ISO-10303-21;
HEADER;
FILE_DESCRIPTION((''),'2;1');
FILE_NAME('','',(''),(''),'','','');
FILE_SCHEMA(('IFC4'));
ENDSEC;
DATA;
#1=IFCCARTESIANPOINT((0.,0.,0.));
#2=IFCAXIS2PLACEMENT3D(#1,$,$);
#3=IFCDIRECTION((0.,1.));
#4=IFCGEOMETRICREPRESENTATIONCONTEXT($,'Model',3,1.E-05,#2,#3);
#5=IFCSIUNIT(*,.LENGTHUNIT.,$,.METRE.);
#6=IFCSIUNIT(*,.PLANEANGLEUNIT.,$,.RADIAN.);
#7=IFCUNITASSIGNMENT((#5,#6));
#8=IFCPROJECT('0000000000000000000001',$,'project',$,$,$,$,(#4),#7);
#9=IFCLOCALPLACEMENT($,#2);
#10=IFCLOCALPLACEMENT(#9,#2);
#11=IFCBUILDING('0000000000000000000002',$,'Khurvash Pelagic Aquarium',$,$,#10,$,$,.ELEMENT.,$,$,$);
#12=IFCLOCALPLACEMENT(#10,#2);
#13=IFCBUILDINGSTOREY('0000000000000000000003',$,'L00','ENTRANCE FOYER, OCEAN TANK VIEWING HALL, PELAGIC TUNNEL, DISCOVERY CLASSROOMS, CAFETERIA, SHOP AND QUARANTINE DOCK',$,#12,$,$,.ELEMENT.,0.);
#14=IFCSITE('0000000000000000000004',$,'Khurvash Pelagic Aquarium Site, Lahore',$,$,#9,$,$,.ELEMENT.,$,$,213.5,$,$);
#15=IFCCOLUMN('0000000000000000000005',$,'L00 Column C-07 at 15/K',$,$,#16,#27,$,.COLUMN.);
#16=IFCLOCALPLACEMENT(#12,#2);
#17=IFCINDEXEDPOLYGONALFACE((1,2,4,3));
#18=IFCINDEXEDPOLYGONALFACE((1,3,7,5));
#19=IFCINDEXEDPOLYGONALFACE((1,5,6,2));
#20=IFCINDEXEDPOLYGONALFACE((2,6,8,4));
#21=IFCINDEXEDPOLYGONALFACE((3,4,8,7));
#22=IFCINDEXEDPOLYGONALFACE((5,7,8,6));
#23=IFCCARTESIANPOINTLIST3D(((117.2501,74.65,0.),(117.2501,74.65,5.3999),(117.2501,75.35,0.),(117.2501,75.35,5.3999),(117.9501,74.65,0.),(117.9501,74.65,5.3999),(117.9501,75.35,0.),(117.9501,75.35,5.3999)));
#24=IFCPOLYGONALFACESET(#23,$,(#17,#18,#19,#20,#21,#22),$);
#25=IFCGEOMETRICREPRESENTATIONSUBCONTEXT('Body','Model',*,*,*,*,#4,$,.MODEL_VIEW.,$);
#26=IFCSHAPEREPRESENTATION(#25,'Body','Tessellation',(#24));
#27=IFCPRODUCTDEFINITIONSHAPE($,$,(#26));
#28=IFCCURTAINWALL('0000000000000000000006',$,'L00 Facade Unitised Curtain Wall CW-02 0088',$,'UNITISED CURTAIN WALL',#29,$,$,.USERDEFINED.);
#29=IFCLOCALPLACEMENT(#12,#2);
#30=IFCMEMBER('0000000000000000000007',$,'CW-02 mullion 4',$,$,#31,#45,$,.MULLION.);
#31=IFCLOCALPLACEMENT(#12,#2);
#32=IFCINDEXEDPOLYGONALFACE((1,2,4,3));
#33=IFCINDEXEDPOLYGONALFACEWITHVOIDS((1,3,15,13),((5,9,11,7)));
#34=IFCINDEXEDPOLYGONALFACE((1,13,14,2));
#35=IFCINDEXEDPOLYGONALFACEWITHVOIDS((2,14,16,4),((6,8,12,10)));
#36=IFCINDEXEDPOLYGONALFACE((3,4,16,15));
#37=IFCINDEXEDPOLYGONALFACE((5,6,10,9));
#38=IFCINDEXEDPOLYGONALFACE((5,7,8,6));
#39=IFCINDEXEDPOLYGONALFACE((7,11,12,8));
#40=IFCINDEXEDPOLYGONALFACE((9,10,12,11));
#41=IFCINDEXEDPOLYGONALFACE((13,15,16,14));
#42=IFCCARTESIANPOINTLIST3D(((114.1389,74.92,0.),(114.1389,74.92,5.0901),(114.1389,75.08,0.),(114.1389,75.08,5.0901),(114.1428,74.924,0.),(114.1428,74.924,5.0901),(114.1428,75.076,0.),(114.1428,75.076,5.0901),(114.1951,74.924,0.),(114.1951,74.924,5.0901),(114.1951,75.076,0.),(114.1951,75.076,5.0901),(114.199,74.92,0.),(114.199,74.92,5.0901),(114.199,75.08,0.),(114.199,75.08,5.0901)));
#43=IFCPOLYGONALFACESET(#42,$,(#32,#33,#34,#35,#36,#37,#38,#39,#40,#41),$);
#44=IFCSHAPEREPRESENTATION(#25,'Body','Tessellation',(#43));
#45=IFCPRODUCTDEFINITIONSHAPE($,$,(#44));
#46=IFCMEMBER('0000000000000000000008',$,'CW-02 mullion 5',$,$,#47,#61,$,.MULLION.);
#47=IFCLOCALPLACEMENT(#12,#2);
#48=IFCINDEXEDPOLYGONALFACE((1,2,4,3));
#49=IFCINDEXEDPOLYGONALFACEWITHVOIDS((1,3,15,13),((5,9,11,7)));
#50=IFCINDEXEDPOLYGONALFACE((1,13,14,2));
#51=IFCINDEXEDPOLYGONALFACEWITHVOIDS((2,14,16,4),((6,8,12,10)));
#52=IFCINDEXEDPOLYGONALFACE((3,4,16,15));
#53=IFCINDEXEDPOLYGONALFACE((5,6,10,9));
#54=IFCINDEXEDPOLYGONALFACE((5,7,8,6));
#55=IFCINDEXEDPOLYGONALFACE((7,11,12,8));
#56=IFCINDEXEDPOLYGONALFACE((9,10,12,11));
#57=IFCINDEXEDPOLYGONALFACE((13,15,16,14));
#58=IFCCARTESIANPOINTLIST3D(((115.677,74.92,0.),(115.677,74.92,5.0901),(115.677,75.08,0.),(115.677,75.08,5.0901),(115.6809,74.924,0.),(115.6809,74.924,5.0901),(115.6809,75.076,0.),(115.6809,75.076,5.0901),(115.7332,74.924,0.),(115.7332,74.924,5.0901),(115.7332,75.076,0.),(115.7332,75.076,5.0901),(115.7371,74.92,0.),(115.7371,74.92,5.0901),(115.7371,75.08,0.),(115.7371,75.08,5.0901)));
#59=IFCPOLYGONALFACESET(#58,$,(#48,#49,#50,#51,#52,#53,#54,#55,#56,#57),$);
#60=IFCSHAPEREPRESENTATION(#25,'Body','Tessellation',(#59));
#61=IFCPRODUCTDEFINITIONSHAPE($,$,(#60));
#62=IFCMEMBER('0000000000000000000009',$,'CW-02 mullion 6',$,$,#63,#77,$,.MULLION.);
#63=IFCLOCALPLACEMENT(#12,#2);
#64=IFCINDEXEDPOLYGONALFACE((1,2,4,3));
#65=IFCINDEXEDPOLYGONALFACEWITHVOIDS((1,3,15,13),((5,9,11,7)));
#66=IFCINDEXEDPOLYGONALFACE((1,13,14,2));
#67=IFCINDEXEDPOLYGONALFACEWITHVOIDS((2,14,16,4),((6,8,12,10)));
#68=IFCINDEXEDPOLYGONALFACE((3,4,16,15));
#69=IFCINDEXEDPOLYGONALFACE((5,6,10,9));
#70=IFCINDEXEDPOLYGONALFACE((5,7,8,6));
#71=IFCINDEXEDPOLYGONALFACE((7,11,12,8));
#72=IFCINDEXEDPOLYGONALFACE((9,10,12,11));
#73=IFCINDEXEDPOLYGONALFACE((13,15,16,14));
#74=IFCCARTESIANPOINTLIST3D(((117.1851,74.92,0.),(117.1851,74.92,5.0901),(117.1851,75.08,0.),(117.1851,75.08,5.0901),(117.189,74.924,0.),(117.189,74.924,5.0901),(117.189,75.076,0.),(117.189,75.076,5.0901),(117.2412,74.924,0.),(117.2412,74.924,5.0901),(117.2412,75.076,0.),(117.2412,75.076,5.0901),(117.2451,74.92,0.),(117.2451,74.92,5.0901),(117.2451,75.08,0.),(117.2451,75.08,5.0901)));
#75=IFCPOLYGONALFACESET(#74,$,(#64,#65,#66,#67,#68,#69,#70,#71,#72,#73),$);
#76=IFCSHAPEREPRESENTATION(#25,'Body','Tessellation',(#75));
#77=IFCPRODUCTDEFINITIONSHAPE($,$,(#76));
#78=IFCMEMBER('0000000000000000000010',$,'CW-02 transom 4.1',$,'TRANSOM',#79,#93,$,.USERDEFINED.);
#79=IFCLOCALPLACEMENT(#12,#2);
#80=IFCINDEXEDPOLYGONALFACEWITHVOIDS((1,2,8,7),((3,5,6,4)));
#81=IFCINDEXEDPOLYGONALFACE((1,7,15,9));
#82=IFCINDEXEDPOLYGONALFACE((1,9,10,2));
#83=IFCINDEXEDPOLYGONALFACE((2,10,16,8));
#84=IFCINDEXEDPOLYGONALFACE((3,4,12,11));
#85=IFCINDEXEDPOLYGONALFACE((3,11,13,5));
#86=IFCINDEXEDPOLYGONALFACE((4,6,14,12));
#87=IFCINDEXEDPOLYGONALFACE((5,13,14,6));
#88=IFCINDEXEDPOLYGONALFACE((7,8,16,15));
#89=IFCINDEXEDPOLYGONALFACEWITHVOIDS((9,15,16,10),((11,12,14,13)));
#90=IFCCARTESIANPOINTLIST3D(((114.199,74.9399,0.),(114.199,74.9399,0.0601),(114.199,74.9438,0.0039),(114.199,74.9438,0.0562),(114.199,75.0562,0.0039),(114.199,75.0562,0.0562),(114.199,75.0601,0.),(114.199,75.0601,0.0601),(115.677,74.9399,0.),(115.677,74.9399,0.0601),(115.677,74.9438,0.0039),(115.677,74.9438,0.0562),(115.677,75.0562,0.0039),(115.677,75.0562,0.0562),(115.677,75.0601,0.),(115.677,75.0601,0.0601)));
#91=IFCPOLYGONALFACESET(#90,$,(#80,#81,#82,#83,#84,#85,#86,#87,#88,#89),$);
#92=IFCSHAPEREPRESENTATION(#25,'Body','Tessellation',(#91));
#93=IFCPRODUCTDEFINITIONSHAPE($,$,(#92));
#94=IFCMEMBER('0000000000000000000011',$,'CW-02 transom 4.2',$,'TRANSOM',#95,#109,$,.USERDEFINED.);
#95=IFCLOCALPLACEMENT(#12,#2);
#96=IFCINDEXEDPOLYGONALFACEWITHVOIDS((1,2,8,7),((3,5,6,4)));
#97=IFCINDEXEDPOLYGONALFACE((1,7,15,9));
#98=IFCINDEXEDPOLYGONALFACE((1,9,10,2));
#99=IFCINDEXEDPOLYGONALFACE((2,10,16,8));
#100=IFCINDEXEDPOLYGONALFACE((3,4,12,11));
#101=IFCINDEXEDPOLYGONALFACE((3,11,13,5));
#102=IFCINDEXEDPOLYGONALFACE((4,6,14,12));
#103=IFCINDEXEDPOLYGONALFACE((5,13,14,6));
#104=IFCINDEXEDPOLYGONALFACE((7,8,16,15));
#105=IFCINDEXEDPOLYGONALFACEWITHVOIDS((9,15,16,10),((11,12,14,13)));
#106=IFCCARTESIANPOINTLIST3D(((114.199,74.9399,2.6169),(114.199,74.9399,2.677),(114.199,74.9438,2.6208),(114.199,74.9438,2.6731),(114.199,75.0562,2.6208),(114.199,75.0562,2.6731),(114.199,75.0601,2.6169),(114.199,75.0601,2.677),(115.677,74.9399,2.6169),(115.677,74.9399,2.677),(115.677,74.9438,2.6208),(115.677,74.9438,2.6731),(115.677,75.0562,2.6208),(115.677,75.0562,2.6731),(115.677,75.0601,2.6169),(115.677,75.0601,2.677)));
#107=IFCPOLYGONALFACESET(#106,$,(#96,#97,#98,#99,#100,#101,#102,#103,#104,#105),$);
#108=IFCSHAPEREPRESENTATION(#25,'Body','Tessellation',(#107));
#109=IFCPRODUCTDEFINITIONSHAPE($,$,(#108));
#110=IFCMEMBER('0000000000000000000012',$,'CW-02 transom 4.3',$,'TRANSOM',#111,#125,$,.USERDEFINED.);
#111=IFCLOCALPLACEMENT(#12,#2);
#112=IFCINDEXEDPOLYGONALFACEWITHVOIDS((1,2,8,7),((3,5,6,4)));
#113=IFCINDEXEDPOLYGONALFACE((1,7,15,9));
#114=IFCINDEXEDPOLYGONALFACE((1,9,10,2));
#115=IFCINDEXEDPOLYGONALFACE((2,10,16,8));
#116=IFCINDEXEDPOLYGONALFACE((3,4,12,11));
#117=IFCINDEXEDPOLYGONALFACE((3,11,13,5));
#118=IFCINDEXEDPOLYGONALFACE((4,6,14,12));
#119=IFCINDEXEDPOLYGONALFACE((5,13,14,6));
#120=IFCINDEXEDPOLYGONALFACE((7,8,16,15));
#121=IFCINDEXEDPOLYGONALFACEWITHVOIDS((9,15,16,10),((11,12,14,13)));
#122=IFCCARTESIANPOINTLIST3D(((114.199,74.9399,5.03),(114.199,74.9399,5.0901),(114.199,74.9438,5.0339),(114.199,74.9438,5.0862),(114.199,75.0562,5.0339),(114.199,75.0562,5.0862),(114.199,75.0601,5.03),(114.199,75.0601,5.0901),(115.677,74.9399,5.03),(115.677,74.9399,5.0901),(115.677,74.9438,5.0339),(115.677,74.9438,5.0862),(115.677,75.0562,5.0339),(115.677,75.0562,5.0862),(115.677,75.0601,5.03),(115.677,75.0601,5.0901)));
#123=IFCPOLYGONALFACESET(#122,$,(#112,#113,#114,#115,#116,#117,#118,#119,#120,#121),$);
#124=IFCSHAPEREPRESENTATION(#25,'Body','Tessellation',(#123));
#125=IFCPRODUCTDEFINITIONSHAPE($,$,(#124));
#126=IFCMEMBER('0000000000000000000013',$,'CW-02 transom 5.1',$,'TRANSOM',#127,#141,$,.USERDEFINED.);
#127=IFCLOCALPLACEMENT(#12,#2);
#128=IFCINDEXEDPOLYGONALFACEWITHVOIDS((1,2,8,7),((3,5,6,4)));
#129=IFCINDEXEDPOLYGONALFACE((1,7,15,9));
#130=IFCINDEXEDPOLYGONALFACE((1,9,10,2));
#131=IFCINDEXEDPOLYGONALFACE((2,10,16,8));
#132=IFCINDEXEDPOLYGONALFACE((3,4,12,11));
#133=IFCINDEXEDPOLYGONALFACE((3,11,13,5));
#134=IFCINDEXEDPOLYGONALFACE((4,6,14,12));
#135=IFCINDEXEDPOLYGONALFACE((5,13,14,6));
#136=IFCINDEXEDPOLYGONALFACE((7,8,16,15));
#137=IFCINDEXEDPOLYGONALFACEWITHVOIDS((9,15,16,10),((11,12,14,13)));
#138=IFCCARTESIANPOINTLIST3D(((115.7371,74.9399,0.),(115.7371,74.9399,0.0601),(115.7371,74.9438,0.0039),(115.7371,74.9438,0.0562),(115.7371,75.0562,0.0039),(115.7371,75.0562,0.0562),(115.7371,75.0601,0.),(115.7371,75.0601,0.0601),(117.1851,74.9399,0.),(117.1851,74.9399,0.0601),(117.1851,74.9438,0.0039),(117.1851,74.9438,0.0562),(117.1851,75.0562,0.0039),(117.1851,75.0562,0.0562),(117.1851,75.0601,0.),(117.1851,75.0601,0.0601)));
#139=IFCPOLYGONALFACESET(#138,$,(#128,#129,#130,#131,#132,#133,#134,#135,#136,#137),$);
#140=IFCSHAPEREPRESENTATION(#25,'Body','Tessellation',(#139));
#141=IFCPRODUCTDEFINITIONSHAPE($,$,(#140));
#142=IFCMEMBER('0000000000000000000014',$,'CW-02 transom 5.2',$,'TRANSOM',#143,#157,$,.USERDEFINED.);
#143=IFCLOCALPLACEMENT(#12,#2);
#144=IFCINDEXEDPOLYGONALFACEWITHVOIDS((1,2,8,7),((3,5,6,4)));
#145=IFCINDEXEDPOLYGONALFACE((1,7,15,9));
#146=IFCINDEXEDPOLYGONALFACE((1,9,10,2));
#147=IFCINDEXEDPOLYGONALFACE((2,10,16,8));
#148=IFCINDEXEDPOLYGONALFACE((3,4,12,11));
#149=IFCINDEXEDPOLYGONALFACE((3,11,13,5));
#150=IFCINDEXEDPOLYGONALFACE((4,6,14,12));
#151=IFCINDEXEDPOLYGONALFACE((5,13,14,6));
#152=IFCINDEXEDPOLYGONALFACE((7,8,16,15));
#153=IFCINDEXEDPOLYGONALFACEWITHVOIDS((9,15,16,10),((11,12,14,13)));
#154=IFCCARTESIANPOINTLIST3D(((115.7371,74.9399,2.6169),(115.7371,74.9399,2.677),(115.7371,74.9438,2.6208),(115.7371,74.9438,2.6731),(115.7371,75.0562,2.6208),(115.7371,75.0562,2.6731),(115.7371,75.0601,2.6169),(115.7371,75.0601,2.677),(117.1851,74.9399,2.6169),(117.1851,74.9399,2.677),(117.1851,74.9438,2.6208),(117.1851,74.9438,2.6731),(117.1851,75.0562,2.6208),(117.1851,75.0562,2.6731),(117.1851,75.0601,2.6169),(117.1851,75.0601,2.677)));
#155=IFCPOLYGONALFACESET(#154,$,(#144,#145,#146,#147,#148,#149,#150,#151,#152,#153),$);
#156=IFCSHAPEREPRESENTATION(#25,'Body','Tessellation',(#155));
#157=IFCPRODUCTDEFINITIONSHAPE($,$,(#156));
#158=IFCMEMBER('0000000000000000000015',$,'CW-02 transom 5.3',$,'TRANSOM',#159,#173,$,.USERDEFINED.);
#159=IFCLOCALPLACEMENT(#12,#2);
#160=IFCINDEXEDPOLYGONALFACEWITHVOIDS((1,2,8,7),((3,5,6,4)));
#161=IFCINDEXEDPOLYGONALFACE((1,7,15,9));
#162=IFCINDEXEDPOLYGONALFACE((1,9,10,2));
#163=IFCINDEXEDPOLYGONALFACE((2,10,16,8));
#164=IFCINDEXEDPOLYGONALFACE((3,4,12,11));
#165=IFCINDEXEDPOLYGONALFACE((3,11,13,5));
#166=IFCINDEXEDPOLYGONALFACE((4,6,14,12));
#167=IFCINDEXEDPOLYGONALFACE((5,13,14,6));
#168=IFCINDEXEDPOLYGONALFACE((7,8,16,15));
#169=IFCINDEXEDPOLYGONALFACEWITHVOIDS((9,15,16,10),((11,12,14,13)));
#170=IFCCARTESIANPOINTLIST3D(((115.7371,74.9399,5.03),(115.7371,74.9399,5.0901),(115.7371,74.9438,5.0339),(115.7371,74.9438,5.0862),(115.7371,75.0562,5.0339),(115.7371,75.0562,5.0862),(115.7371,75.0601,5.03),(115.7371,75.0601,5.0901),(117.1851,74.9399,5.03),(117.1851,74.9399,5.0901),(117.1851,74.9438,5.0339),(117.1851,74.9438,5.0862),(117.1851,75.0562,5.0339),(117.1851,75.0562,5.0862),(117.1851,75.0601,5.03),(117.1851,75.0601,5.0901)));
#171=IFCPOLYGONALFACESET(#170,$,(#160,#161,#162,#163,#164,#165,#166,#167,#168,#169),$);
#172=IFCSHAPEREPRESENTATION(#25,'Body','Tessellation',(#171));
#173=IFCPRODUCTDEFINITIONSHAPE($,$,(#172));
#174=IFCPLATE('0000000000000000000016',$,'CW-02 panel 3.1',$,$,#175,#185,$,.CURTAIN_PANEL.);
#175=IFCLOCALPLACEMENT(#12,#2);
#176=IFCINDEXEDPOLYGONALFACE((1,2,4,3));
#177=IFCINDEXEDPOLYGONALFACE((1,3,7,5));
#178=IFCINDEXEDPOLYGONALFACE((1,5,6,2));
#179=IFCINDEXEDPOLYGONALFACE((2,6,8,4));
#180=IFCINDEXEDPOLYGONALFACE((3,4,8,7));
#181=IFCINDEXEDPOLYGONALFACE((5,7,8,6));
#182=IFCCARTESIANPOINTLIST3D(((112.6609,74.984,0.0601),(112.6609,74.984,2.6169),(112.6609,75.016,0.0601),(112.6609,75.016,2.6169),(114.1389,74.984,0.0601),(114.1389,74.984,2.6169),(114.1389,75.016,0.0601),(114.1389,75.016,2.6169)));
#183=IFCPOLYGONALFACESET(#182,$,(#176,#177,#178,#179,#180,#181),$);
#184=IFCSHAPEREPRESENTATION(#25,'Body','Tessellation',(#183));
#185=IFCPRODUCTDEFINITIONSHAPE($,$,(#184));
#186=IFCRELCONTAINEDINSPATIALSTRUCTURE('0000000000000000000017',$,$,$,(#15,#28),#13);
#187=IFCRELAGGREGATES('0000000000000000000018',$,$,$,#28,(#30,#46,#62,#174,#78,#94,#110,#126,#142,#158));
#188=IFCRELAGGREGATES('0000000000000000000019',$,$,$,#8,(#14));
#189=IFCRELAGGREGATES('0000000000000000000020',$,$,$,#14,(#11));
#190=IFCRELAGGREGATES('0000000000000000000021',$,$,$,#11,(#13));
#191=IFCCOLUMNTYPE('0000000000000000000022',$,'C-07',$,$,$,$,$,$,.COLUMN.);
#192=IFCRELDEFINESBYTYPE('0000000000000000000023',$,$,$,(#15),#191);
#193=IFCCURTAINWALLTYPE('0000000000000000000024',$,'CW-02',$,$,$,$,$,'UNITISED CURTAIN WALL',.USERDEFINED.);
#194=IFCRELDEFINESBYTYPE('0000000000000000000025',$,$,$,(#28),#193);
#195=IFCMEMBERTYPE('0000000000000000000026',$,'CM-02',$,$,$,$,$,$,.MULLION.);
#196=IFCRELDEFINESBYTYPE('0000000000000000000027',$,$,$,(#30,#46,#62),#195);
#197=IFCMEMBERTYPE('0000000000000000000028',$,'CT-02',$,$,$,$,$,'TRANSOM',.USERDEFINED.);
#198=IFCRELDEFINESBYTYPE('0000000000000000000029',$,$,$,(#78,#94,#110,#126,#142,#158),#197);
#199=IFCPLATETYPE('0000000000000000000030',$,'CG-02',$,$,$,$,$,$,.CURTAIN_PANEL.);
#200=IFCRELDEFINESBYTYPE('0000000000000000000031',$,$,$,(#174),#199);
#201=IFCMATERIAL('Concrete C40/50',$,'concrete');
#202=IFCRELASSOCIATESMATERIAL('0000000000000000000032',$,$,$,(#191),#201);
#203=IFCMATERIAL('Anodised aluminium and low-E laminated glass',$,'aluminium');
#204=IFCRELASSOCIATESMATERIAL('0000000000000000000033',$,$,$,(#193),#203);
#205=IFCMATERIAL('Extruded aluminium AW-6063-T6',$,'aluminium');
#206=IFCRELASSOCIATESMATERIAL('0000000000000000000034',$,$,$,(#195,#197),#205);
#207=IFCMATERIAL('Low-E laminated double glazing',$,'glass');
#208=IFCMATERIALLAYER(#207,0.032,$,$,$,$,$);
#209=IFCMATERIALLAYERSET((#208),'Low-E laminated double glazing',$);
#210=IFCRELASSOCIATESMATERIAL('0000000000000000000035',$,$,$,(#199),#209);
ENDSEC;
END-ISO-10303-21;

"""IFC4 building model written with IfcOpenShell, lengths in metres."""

from ifc_helpers import new_model, si_unit, direction, frame, origin, origin_2d, place, context, subcontext, project, spatial, rectangle, hollow_rectangle, extrude, material, layer, layer_set, material_profile, profile_set, type_object, element, aggregate, save


model = new_model("IFC4")

# Units and contexts
model_context = context("Model", 3, precision=1e-05, world=origin(), true_north=direction((0.0, 1.0)))
body_context = subcontext(model_context, "Body", "Model", "MODEL_VIEW")
ifc_project = project(units=[si_unit("LENGTHUNIT", "METRE"), si_unit("PLANEANGLEUNIT", "RADIAN")], contexts=[model_context])

# Site, building, storey
site_placement = place(None, origin())
site = spatial("IfcSite", under=ifc_project, at=site_placement, Name="Khurvash Pelagic Aquarium Site, Lahore", CompositionType="ELEMENT", RefElevation=213.5)
building_placement = place(site_placement, origin())
building = spatial("IfcBuilding", under=site, at=building_placement, Name="Khurvash Pelagic Aquarium", CompositionType="ELEMENT")
storey_placement = place(building_placement, origin())
storey = spatial("IfcBuildingStorey", under=building, at=storey_placement, Name="L00", Description="ENTRANCE FOYER, OCEAN TANK VIEWING HALL, PELAGIC TUNNEL, DISCOVERY CLASSROOMS, CAFETERIA, SHOP AND QUARANTINE DOCK", CompositionType="ELEMENT", Elevation=0.0)

# Column
ifc_material_1 = material(Name="Concrete C40/50", Category="concrete")
ifc_material_profile_1 = material_profile(ifc_material_1, rectangle(XDim=0.7, YDim=0.7, at=origin_2d()), Name="RC700X700")
ifc_profile_set_1 = profile_set([ifc_material_profile_1], Name="Concrete C40/50")
column_type = type_object("IfcColumnType", Name="C-07", PredefinedType="COLUMN", material=ifc_profile_set_1)
column_placement = place(storey_placement, frame((117.6001, 75.0, 0.0), z_axis=(0.0, 0.0, 1.0), x_axis=(1.0, 0.0, 0.0)))
element("IfcColumn", 1, at=column_placement, inside=storey, type_object=column_type, Name="L00 Column C-07 at 15/K", PredefinedType="COLUMN", context=body_context, shape_type="SweptSolid", body=[
    extrude(rectangle(XDim=0.7, YDim=0.7, at=origin_2d()), origin(), (0.0, 0.0, 1.0), 5.3999),
])

# Curtain wall, members, plate
ifc_material_2 = material(Name="Anodised aluminium and low-E laminated glass", Category="aluminium")
curtain_wall_type = type_object("IfcCurtainWallType", Name="CW-02", ElementType="UNITISED CURTAIN WALL", PredefinedType="USERDEFINED", material=ifc_material_2)
curtain_wall_placement = place(storey_placement, origin())
curtain_wall = element("IfcCurtainWall", 2, at=curtain_wall_placement, inside=storey, type_object=curtain_wall_type, Name="L00 Facade Unitised Curtain Wall CW-02 0088", ObjectType="UNITISED CURTAIN WALL", PredefinedType="USERDEFINED")
ifc_material_3 = material(Name="Extruded aluminium AW-6063-T6", Category="aluminium")
ifc_material_profile_2 = material_profile(ifc_material_3, hollow_rectangle(XDim=0.0601, YDim=0.1599, WallThickness=0.0039, at=origin_2d()), Name="CWM60X160X4")
ifc_profile_set_2 = profile_set([ifc_material_profile_2], Name="Extruded aluminium AW-6063-T6")
member_type_1 = type_object("IfcMemberType", Name="CM-02", PredefinedType="MULLION", material=ifc_profile_set_2)
member_1_placement = place(storey_placement, frame((114.1689, 75.0, 0.0), z_axis=(0.0, 0.0, 1.0), x_axis=(1.0, 0.0, 0.0)))
member_1 = element("IfcMember", 3, at=member_1_placement, type_object=member_type_1, Name="CW-02 mullion 4", PredefinedType="MULLION", context=body_context, shape_type="SweptSolid", body=[
    extrude(hollow_rectangle(XDim=0.0601, YDim=0.1599, WallThickness=0.0039, at=origin_2d()), origin(), (0.0, 0.0, 1.0), 5.0901),
])
member_2_placement = place(storey_placement, frame((115.707, 75.0, 0.0), z_axis=(0.0, 0.0, 1.0), x_axis=(1.0, 0.0, 0.0)))
member_2 = element("IfcMember", 4, at=member_2_placement, type_object=member_type_1, Name="CW-02 mullion 5", PredefinedType="MULLION", context=body_context, shape_type="SweptSolid", body=[
    extrude(hollow_rectangle(XDim=0.0601, YDim=0.1599, WallThickness=0.0039, at=origin_2d()), origin(), (0.0, 0.0, 1.0), 5.0901),
])
member_3_placement = place(storey_placement, frame((117.2151, 75.0, 0.0), z_axis=(0.0, 0.0, 1.0), x_axis=(1.0, 0.0, 0.0)))
member_3 = element("IfcMember", 5, at=member_3_placement, type_object=member_type_1, Name="CW-02 mullion 6", PredefinedType="MULLION", context=body_context, shape_type="SweptSolid", body=[
    extrude(hollow_rectangle(XDim=0.0601, YDim=0.1599, WallThickness=0.0039, at=origin_2d()), origin(), (0.0, 0.0, 1.0), 5.0901),
])
ifc_material_profile_3 = material_profile(ifc_material_3, hollow_rectangle(XDim=0.1201, YDim=0.0601, WallThickness=0.0039, at=origin_2d()), Name="CWT120X60X4")
ifc_profile_set_3 = profile_set([ifc_material_profile_3], Name="Extruded aluminium AW-6063-T6")
member_type_2 = type_object("IfcMemberType", Name="CT-02", ElementType="TRANSOM", PredefinedType="USERDEFINED", material=ifc_profile_set_3)
member_4_placement = place(storey_placement, frame((114.199, 75.0, 0.03), z_axis=(1.0, 0.0, 0.0), x_axis=(0.0, 1.0, 0.0)))
member_4 = element("IfcMember", 6, at=member_4_placement, type_object=member_type_2, Name="CW-02 transom 4.1", ObjectType="TRANSOM", PredefinedType="USERDEFINED", context=body_context, shape_type="SweptSolid", body=[
    extrude(hollow_rectangle(XDim=0.1201, YDim=0.0601, WallThickness=0.0039, at=origin_2d()), origin(), (0.0, 0.0, 1.0), 1.478),
])
member_5_placement = place(storey_placement, frame((114.199, 75.0, 2.647), z_axis=(1.0, 0.0, 0.0), x_axis=(0.0, 1.0, 0.0)))
member_5 = element("IfcMember", 7, at=member_5_placement, type_object=member_type_2, Name="CW-02 transom 4.2", ObjectType="TRANSOM", PredefinedType="USERDEFINED", context=body_context, shape_type="SweptSolid", body=[
    extrude(hollow_rectangle(XDim=0.1201, YDim=0.0601, WallThickness=0.0039, at=origin_2d()), origin(), (0.0, 0.0, 1.0), 1.478),
])
member_6_placement = place(storey_placement, frame((114.199, 75.0, 5.0601), z_axis=(1.0, 0.0, 0.0), x_axis=(0.0, 1.0, 0.0)))
member_6 = element("IfcMember", 8, at=member_6_placement, type_object=member_type_2, Name="CW-02 transom 4.3", ObjectType="TRANSOM", PredefinedType="USERDEFINED", context=body_context, shape_type="SweptSolid", body=[
    extrude(hollow_rectangle(XDim=0.1201, YDim=0.0601, WallThickness=0.0039, at=origin_2d()), origin(), (0.0, 0.0, 1.0), 1.478),
])
member_7_placement = place(storey_placement, frame((115.7371, 75.0, 0.03), z_axis=(1.0, 0.0, 0.0), x_axis=(0.0, 1.0, 0.0)))
member_7 = element("IfcMember", 9, at=member_7_placement, type_object=member_type_2, Name="CW-02 transom 5.1", ObjectType="TRANSOM", PredefinedType="USERDEFINED", context=body_context, shape_type="SweptSolid", body=[
    extrude(hollow_rectangle(XDim=0.1201, YDim=0.0601, WallThickness=0.0039, at=origin_2d()), origin(), (0.0, 0.0, 1.0), 1.448),
])
member_8_placement = place(storey_placement, frame((115.7371, 75.0, 2.647), z_axis=(1.0, 0.0, 0.0), x_axis=(0.0, 1.0, 0.0)))
member_8 = element("IfcMember", 10, at=member_8_placement, type_object=member_type_2, Name="CW-02 transom 5.2", ObjectType="TRANSOM", PredefinedType="USERDEFINED", context=body_context, shape_type="SweptSolid", body=[
    extrude(hollow_rectangle(XDim=0.1201, YDim=0.0601, WallThickness=0.0039, at=origin_2d()), origin(), (0.0, 0.0, 1.0), 1.448),
])
member_9_placement = place(storey_placement, frame((115.7371, 75.0, 5.0601), z_axis=(1.0, 0.0, 0.0), x_axis=(0.0, 1.0, 0.0)))
member_9 = element("IfcMember", 11, at=member_9_placement, type_object=member_type_2, Name="CW-02 transom 5.3", ObjectType="TRANSOM", PredefinedType="USERDEFINED", context=body_context, shape_type="SweptSolid", body=[
    extrude(hollow_rectangle(XDim=0.1201, YDim=0.0601, WallThickness=0.0039, at=origin_2d()), origin(), (0.0, 0.0, 1.0), 1.448),
])
ifc_material_4 = material(Name="Low-E laminated double glazing", Category="glass")
ifc_layer_1 = layer(ifc_material_4, 0.032)
ifc_layer_set_1 = layer_set([ifc_layer_1], Name="Low-E laminated double glazing")
plate_type = type_object("IfcPlateType", Name="CG-02", PredefinedType="CURTAIN_PANEL", material=ifc_layer_set_1)
plate_1_placement = place(storey_placement, frame((113.3999, 75.0, 0.0601), z_axis=(0.0, 0.0, 1.0), x_axis=(1.0, 0.0, 0.0)))
plate_1 = element("IfcPlate", 12, at=plate_1_placement, type_object=plate_type, Name="CW-02 panel 3.1", PredefinedType="CURTAIN_PANEL", context=body_context, shape_type="SweptSolid", body=[
    extrude(rectangle(XDim=1.478, YDim=0.032, at=origin_2d()), origin(), (0.0, 0.0, 1.0), 2.5569),
])
aggregate(curtain_wall, [member_1, member_2, member_3, plate_1, member_4, member_5, member_6, member_7, member_8, member_9])

save(model, "model.ifc")
